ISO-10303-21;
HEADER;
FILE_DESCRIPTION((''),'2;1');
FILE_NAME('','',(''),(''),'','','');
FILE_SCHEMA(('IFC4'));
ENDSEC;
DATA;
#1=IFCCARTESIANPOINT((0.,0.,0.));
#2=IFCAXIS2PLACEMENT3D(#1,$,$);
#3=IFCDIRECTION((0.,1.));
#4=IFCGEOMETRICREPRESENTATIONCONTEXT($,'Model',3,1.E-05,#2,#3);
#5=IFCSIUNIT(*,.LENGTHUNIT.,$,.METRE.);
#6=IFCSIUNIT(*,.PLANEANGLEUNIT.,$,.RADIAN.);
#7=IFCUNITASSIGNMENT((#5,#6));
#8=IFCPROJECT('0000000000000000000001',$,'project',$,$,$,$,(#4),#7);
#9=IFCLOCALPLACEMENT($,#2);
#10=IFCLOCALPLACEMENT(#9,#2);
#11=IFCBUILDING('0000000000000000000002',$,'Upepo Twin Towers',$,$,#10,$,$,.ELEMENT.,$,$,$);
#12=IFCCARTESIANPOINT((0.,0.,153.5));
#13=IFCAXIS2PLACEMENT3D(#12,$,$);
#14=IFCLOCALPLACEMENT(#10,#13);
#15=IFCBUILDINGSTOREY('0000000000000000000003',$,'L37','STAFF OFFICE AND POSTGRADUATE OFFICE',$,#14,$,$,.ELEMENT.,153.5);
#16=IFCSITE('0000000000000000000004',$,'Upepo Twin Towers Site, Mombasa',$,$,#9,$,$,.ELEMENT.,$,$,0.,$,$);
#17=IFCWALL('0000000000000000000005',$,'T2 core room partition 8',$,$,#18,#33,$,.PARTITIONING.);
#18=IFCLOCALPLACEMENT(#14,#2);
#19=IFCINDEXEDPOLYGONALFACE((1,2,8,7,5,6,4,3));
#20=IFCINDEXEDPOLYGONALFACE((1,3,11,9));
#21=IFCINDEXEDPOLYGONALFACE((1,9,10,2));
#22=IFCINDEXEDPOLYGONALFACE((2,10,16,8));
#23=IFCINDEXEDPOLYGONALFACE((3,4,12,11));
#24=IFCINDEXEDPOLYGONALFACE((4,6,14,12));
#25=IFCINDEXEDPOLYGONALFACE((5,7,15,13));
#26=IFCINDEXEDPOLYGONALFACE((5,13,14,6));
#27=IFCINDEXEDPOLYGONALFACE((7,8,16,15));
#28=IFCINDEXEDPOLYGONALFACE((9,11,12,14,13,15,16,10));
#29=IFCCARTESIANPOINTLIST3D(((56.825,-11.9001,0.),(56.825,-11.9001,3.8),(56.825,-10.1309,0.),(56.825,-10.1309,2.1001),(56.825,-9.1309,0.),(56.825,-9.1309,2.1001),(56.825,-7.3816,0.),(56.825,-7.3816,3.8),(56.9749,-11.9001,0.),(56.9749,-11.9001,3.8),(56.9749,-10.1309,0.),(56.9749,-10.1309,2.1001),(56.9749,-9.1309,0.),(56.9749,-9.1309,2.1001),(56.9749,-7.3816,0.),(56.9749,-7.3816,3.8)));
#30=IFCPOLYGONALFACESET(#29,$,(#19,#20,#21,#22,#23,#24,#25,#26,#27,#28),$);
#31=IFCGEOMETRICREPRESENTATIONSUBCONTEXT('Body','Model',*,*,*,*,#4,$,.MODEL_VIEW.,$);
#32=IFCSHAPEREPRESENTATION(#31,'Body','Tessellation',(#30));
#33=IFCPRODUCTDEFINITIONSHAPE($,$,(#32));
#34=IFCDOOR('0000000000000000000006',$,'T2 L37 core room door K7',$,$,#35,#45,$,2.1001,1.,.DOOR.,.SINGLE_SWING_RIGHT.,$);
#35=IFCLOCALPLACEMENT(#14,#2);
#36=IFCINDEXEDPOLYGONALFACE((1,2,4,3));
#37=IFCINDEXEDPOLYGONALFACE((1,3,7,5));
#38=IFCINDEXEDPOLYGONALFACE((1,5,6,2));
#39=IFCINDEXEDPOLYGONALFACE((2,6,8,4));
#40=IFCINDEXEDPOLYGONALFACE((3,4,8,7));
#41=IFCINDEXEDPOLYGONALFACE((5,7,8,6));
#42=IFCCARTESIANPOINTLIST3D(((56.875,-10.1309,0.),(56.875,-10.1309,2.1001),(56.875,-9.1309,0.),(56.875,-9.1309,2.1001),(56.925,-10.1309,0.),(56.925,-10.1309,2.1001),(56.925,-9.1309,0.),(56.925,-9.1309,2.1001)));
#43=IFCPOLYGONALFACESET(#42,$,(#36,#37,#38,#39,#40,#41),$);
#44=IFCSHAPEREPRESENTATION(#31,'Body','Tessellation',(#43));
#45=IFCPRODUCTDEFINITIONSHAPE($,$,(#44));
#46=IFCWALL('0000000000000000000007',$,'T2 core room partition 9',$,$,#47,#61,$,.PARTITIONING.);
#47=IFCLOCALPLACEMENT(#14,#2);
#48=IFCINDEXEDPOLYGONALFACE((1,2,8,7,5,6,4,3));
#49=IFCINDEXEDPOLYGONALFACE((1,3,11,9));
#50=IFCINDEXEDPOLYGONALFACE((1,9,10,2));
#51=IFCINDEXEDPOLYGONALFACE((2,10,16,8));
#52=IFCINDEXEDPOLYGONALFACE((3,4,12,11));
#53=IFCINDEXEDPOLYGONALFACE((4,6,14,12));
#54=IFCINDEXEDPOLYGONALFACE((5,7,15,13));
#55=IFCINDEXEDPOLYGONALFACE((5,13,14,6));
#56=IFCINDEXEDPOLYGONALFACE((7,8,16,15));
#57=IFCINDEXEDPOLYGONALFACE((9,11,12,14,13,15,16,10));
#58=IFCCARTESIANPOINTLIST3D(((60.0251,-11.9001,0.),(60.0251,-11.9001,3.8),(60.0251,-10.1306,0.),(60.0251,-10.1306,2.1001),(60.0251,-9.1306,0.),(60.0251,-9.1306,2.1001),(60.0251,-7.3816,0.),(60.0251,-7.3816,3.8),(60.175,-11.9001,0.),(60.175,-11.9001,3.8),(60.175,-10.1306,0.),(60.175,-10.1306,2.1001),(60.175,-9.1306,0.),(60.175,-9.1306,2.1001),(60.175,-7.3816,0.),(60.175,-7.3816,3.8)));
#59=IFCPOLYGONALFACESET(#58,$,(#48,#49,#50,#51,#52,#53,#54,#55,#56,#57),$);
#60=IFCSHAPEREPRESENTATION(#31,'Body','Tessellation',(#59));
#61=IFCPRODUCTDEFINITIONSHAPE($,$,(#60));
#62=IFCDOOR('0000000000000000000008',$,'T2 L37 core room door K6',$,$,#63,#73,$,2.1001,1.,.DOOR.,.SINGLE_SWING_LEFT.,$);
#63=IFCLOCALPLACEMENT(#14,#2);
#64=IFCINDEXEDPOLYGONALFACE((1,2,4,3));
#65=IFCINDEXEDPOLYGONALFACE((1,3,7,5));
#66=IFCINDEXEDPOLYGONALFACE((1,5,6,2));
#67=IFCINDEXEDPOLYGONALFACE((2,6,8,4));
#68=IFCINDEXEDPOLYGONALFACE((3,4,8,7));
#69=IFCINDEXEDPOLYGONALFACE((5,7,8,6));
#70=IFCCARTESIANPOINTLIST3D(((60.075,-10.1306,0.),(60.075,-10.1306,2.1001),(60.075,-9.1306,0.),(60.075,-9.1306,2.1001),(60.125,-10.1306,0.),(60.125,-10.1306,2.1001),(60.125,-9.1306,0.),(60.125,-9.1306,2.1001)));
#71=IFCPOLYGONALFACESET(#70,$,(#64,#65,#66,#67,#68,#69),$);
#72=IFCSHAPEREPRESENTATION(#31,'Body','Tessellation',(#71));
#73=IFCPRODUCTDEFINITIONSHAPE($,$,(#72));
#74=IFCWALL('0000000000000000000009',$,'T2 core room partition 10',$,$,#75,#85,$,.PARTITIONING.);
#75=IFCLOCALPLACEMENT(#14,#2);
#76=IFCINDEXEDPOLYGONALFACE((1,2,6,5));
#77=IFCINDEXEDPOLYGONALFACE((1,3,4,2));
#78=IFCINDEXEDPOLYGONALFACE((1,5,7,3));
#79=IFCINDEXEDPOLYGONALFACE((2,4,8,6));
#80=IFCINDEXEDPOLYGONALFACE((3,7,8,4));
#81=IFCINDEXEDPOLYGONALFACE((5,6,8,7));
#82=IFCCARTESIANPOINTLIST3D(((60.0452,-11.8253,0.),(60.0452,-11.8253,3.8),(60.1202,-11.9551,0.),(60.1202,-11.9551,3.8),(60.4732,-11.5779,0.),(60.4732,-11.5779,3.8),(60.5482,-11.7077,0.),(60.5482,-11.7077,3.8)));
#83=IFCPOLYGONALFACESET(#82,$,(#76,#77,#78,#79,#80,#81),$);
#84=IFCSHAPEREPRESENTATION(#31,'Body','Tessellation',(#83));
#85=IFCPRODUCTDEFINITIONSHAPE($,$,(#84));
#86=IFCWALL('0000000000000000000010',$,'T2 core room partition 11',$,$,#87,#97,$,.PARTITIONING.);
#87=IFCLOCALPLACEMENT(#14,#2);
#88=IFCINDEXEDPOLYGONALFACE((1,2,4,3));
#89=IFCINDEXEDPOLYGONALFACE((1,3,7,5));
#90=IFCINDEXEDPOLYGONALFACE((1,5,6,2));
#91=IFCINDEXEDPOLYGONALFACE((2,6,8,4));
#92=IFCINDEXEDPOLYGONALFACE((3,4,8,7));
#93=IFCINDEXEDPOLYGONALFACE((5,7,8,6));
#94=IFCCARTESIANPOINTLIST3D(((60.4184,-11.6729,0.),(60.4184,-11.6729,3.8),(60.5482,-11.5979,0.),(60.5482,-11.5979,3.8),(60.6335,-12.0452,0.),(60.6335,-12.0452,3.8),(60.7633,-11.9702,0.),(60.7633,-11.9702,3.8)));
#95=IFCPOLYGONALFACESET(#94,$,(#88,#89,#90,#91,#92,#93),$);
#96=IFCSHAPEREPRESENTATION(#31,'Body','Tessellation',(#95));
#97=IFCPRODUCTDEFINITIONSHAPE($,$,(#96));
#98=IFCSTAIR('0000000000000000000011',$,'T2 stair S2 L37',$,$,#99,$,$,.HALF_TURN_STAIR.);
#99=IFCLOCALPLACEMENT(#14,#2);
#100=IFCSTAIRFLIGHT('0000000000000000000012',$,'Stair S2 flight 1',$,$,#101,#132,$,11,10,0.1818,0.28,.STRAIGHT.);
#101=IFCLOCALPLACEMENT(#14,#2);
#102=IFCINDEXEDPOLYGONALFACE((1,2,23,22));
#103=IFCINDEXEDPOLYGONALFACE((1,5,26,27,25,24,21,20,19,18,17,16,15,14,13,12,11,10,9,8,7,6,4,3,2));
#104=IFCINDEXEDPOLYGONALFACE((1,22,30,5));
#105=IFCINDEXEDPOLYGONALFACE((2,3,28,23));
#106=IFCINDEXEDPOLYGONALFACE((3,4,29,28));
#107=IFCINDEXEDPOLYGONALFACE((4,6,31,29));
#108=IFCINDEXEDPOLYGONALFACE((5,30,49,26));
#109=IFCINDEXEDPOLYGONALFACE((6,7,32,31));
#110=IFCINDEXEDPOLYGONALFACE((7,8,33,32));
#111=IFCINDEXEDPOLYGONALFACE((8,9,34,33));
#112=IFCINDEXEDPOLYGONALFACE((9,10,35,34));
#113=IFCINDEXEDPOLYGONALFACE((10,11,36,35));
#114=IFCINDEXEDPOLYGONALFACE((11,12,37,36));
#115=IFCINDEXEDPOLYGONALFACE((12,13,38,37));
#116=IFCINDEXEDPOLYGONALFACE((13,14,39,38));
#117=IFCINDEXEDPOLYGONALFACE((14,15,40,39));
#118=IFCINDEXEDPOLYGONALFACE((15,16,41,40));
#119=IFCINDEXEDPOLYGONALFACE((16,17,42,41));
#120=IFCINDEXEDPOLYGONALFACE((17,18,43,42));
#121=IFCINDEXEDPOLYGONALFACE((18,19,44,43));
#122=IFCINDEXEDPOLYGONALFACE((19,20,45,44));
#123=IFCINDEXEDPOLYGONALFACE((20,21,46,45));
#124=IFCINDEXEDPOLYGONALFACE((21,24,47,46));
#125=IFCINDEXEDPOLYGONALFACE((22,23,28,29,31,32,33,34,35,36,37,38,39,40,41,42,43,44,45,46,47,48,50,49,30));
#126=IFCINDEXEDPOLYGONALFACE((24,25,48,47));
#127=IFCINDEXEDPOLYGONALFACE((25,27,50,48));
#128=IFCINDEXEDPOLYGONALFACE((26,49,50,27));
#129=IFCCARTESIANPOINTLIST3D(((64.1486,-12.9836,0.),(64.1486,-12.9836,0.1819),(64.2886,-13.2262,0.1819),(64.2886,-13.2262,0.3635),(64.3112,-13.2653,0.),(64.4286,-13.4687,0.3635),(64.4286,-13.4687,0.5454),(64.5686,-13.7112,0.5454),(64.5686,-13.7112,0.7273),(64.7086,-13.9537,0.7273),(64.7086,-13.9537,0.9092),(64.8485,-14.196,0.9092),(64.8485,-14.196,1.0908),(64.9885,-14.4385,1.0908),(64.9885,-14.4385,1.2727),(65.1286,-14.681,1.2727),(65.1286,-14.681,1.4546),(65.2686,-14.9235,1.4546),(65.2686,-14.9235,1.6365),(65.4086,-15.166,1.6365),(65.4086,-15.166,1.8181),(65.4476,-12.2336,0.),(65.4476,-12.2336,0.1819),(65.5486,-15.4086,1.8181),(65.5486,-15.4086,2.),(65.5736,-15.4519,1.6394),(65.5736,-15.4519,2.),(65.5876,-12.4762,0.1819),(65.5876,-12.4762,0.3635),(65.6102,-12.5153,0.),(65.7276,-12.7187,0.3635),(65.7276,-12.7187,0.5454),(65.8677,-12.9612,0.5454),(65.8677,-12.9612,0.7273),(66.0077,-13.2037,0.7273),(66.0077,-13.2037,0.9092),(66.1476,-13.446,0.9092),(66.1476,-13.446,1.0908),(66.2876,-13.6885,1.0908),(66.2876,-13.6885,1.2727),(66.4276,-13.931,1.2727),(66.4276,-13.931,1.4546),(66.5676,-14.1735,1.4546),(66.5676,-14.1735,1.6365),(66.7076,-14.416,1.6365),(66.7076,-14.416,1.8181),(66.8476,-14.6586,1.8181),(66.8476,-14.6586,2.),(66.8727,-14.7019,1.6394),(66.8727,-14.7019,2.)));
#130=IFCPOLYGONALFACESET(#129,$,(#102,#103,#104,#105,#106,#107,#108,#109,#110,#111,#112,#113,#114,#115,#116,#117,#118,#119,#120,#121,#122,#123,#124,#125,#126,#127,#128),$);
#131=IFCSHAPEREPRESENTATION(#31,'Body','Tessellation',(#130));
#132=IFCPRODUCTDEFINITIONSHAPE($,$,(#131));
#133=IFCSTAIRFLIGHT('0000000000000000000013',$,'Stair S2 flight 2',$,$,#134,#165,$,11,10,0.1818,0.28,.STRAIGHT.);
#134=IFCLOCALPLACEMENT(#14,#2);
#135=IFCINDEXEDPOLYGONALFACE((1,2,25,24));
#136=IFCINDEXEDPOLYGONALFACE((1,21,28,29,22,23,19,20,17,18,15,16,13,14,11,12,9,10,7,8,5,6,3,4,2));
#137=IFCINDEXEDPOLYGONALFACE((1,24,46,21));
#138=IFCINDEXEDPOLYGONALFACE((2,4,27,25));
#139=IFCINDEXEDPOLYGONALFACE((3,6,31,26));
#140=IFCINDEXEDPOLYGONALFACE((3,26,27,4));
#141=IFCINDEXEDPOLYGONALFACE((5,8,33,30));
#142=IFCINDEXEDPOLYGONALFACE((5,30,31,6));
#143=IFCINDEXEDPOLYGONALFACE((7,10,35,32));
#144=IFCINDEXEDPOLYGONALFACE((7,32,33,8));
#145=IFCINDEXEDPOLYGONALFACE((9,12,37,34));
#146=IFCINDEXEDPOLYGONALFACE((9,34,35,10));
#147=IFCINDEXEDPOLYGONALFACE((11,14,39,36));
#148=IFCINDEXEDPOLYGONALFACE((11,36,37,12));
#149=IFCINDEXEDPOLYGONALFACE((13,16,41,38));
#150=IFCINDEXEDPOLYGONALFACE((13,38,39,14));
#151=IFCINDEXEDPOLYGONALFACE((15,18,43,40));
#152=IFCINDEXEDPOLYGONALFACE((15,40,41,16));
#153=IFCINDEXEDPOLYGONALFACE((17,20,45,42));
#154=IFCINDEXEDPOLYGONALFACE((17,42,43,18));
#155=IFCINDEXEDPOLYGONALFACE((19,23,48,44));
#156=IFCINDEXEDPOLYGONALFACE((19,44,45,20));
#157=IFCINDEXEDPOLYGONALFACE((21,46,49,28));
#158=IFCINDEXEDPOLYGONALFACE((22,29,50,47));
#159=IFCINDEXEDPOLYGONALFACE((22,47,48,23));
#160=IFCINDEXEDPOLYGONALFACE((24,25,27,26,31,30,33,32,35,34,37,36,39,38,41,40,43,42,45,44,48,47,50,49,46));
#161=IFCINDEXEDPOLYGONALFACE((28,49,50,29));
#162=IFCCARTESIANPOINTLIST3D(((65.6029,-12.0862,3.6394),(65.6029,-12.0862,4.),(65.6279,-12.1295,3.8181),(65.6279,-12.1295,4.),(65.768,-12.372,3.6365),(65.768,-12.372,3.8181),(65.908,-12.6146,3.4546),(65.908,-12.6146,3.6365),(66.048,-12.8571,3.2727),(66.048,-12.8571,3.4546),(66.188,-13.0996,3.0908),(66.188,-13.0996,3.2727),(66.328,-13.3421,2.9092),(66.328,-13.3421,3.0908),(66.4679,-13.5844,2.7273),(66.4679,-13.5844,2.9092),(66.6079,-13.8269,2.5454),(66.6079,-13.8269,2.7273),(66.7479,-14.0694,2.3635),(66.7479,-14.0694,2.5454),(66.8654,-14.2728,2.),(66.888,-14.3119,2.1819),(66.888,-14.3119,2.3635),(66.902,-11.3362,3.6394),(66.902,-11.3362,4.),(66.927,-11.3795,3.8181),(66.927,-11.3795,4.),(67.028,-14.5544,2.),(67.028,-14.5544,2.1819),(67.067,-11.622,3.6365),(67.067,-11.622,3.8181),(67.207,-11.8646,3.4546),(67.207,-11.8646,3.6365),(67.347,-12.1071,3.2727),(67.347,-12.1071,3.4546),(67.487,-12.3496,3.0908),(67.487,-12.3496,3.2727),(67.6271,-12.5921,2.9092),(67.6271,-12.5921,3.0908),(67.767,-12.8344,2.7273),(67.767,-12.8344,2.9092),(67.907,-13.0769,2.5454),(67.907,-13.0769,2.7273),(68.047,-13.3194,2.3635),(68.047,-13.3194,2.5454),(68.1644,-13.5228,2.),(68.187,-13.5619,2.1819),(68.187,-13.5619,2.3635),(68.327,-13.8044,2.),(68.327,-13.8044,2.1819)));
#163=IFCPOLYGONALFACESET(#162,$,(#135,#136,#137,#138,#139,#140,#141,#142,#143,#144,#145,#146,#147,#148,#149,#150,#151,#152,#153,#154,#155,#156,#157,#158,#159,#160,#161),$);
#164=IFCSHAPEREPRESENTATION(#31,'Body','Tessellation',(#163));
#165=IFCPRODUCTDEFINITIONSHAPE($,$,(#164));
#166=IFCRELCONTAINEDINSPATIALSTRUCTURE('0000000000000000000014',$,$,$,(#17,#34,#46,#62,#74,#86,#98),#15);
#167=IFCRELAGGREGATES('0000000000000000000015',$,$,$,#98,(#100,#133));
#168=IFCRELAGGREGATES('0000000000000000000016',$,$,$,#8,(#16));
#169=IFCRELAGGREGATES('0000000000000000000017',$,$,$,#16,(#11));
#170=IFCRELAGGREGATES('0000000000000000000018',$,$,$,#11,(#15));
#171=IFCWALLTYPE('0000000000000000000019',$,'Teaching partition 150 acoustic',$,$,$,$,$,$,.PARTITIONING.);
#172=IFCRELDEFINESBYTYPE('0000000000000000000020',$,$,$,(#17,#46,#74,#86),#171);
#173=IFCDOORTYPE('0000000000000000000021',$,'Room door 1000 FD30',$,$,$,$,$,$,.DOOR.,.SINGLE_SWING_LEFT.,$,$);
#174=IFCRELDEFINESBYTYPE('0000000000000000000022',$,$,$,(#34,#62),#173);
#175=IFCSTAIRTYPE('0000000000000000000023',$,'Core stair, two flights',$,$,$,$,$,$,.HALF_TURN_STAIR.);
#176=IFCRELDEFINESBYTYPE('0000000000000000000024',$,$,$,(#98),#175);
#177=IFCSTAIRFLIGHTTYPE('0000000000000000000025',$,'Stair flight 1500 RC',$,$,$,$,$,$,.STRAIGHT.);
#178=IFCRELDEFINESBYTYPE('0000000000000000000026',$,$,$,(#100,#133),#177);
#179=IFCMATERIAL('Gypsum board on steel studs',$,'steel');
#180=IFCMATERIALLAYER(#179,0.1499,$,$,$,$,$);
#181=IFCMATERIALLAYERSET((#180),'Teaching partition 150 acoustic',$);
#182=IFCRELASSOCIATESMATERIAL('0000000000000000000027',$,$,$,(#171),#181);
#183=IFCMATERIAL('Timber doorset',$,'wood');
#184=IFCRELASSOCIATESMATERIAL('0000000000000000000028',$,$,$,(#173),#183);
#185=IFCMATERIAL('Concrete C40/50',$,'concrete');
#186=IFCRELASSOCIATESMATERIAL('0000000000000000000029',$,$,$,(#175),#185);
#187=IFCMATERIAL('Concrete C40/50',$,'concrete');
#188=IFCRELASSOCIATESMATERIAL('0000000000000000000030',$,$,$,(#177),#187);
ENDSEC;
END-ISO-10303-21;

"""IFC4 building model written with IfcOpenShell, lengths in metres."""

from ifc_helpers import new_model, si_unit, direction, frame, frame_2d, origin, place, context, subcontext, project, spatial, polyline, rectangle, outline, extrude, material, layer, layer_set, type_object, element, fill, aggregate, save


model = new_model("IFC4")

# Units and contexts
model_context = context("Model", 3, precision=1e-05, world=origin(), true_north=direction((0.0, 1.0)))
body_context = subcontext(model_context, "Body", "Model", "MODEL_VIEW")
ifc_project = project(units=[si_unit("LENGTHUNIT", "METRE"), si_unit("PLANEANGLEUNIT", "RADIAN")], contexts=[model_context])

# Site, building, storey
site_placement = place(None, origin())
site = spatial("IfcSite", under=ifc_project, at=site_placement, Name="Upepo Twin Towers Site, Mombasa", CompositionType="ELEMENT", RefElevation=0.0)
building_placement = place(site_placement, origin())
building = spatial("IfcBuilding", under=site, at=building_placement, Name="Upepo Twin Towers", CompositionType="ELEMENT")
storey_placement = place(building_placement, frame((0.0, 0.0, 153.5)))
storey = spatial("IfcBuildingStorey", under=building, at=storey_placement, Name="L37", Description="STAFF OFFICE AND POSTGRADUATE OFFICE", CompositionType="ELEMENT", Elevation=153.5)

# Walls, openings, doors
ifc_material_1 = material(Name="Gypsum board on steel studs", Category="steel")
ifc_layer_1 = layer(ifc_material_1, 0.1499)
ifc_layer_set_1 = layer_set([ifc_layer_1], Name="Teaching partition 150 acoustic")
wall_type_1 = type_object("IfcWallType", Name="Teaching partition 150 acoustic", PredefinedType="PARTITIONING", material=ifc_layer_set_1)
wall_1_placement = place(storey_placement, frame((56.8999, -11.9001, 0.0), z_axis=(0.0, 0.0, 1.0), x_axis=(0.0, 1.0, 0.0)))
wall_1 = element("IfcWall", 1, at=wall_1_placement, inside=storey, type_object=wall_type_1, Name="T2 core room partition 8", PredefinedType="PARTITIONING", context=body_context, shape_type="SweptSolid", body=[
    extrude(rectangle(XDim=4.5186, YDim=0.1499, at=frame_2d((2.2593, 0.0))), origin(), (0.0, 0.0, 1.0), 3.8),
])
opening_1_placement = place(wall_1_placement, frame((1.7693, 0.0, 0.0)))
opening_1 = element("IfcOpeningElement", 2, at=opening_1_placement, cuts=wall_1, PredefinedType="OPENING", context=body_context, shape_type="SweptSolid", body=[
    extrude(rectangle(XDim=1.0, YDim=2.1001, at=frame_2d((0.5, 1.05))), frame((0.0, 0.085, 0.0), z_axis=(0.0, -1.0, 0.0), x_axis=(1.0, 0.0, 0.0)), (0.0, 0.0, 1.0), 0.1699),
])
ifc_material_2 = material(Name="Timber doorset", Category="wood")
door_type_1 = type_object("IfcDoorType", Name="Room door 1000 FD30", OperationType="SINGLE_SWING_LEFT", PredefinedType="DOOR", material=ifc_material_2)
door_1_placement = place(opening_1_placement, origin())
door_1 = element("IfcDoor", 3, at=door_1_placement, inside=storey, type_object=door_type_1, Name="T2 L37 core room door K7", OperationType="SINGLE_SWING_RIGHT", OverallHeight=2.1001, OverallWidth=1.0, PredefinedType="DOOR", context=body_context, shape_type="SweptSolid", body=[
    extrude(rectangle(XDim=1.0, YDim=2.1001, at=frame_2d((0.5, 1.05))), frame((0.0, 0.0249, 0.0), z_axis=(0.0, -1.0, 0.0), x_axis=(1.0, 0.0, 0.0)), (0.0, 0.0, 1.0), 0.05),
])
fill(opening_1, door_1)
wall_2_placement = place(storey_placement, frame((60.1001, -7.3816, 0.0), z_axis=(0.0, 0.0, 1.0), x_axis=(0.0, -1.0, 0.0)))
wall_2 = element("IfcWall", 4, at=wall_2_placement, inside=storey, type_object=wall_type_1, Name="T2 core room partition 9", PredefinedType="PARTITIONING", context=body_context, shape_type="SweptSolid", body=[
    extrude(rectangle(XDim=4.5186, YDim=0.1499, at=frame_2d((2.2593, 0.0))), origin(), (0.0, 0.0, 1.0), 3.8),
])
opening_2_placement = place(wall_2_placement, frame((1.749, 0.0, 0.0)))
opening_2 = element("IfcOpeningElement", 5, at=opening_2_placement, cuts=wall_2, PredefinedType="OPENING", context=body_context, shape_type="SweptSolid", body=[
    extrude(rectangle(XDim=1.0, YDim=2.1001, at=frame_2d((0.5, 1.05))), frame((0.0, 0.085, 0.0), z_axis=(0.0, -1.0, 0.0), x_axis=(1.0, 0.0, 0.0)), (0.0, 0.0, 1.0), 0.1699),
])
door_2_placement = place(opening_2_placement, origin())
door_2 = element("IfcDoor", 6, at=door_2_placement, inside=storey, type_object=door_type_1, Name="T2 L37 core room door K6", OperationType="SINGLE_SWING_LEFT", OverallHeight=2.1001, OverallWidth=1.0, PredefinedType="DOOR", context=body_context, shape_type="SweptSolid", body=[
    extrude(rectangle(XDim=1.0, YDim=2.1001, at=frame_2d((0.5, 1.05))), frame((0.0, 0.0249, 0.0), z_axis=(0.0, -1.0, 0.0), x_axis=(1.0, 0.0, 0.0)), (0.0, 0.0, 1.0), 0.05),
])
fill(opening_2, door_2)

# Walls
wall_3_placement = place(storey_placement, frame((60.0828, -11.8901, 0.0), z_axis=(0.0, 0.0, 1.0), x_axis=(0.865832, 0.500335, 0.0)))
element("IfcWall", 7, at=wall_3_placement, inside=storey, type_object=wall_type_1, Name="T2 core room partition 10", PredefinedType="PARTITIONING", context=body_context, shape_type="SweptSolid", body=[
    extrude(rectangle(XDim=0.4944, YDim=0.1499, at=frame_2d((0.2471, 0.0))), origin(), (0.0, 0.0, 1.0), 3.8),
])
wall_4_placement = place(storey_placement, frame((60.4834, -11.6355, 0.0), z_axis=(0.0, 0.0, 1.0), x_axis=(0.50023, -0.865892, 0.0)))
element("IfcWall", 8, at=wall_4_placement, inside=storey, type_object=wall_type_1, Name="T2 core room partition 11", PredefinedType="PARTITIONING", context=body_context, shape_type="SweptSolid", body=[
    extrude(rectangle(XDim=0.4299, YDim=0.1499, at=frame_2d((0.2148, 0.0))), origin(), (0.0, 0.0, 1.0), 3.8),
])

# Stair, stair flights
ifc_material_3 = material(Name="Concrete C40/50", Category="concrete")
stair_type = type_object("IfcStairType", Name="Core stair, two flights", PredefinedType="HALF_TURN_STAIR", material=ifc_material_3)
stair_placement = place(storey_placement, origin())
stair = element("IfcStair", 9, at=stair_placement, inside=storey, type_object=stair_type, Name="T2 stair S2 L37", PredefinedType="HALF_TURN_STAIR")
ifc_material_4 = material(Name="Concrete C40/50", Category="concrete")
stair_flight_type = type_object("IfcStairFlightType", Name="Stair flight 1500 RC", PredefinedType="STRAIGHT", material=ifc_material_4)
stair_flight_1_placement = place(storey_placement, frame((64.7981, -12.6086, 0.0), z_axis=(0.0, 0.0, 1.0), x_axis=(0.5, -0.866025, 0.0)))
stair_flight_1 = element("IfcStairFlight", 10, at=stair_flight_1_placement, type_object=stair_flight_type, Name="Stair S2 flight 1", NumberOfRisers=11, NumberOfTreads=10, PredefinedType="STRAIGHT", RiserHeight=0.1818, TreadLength=0.28, context=body_context, shape_type="SweptSolid", body=[
    extrude(outline(polyline([(0.0, 0.0), (0.0, 0.1819), (0.28, 0.1819), (0.28, 0.3635), (0.5601, 0.3635), (0.5601, 0.5454), (0.8401, 0.5454), (0.8401, 0.7273), (1.1201, 0.7273), (1.1201, 0.9092), (1.3999, 0.9092), (1.3999, 1.0908), (1.6799, 1.0908), (1.6799, 1.2727), (1.96, 1.2727), (1.96, 1.4546), (2.24, 1.4546), (2.24, 1.6365), (2.52, 1.6365), (2.52, 1.8181), (2.8, 1.8181), (2.8, 2.0), (2.8501, 2.0), (2.8501, 1.6394), (0.3252, 0.0), (0.0, 0.0)])), frame((0.0, 0.75, 0.0), z_axis=(0.0, -1.0, 0.0), x_axis=(1.0, 0.0, 0.0)), (0.0, 0.0, 1.0), 1.5),
])
stair_flight_2_placement = place(storey_placement, frame((67.6775, -14.1794, 2.0), z_axis=(0.0, 0.0, 1.0), x_axis=(-0.5, 0.866025, 0.0)))
stair_flight_2 = element("IfcStairFlight", 11, at=stair_flight_2_placement, type_object=stair_flight_type, Name="Stair S2 flight 2", NumberOfRisers=11, NumberOfTreads=10, PredefinedType="STRAIGHT", RiserHeight=0.1818, TreadLength=0.28, context=body_context, shape_type="SweptSolid", body=[
    extrude(outline(polyline([(0.0, 0.0), (0.0, 0.1819), (0.28, 0.1819), (0.28, 0.3635), (0.5601, 0.3635), (0.5601, 0.5454), (0.8401, 0.5454), (0.8401, 0.7273), (1.1201, 0.7273), (1.1201, 0.9092), (1.3999, 0.9092), (1.3999, 1.0908), (1.6799, 1.0908), (1.6799, 1.2727), (1.96, 1.2727), (1.96, 1.4546), (2.24, 1.4546), (2.24, 1.6365), (2.52, 1.6365), (2.52, 1.8181), (2.8, 1.8181), (2.8, 2.0), (2.8501, 2.0), (2.8501, 1.6394), (0.3252, 0.0), (0.0, 0.0)])), frame((0.0, 0.75, 0.0), z_axis=(0.0, -1.0, 0.0), x_axis=(1.0, 0.0, 0.0)), (0.0, 0.0, 1.0), 1.5),
])
aggregate(stair, [stair_flight_1, stair_flight_2])

save(model, "model.ifc")
